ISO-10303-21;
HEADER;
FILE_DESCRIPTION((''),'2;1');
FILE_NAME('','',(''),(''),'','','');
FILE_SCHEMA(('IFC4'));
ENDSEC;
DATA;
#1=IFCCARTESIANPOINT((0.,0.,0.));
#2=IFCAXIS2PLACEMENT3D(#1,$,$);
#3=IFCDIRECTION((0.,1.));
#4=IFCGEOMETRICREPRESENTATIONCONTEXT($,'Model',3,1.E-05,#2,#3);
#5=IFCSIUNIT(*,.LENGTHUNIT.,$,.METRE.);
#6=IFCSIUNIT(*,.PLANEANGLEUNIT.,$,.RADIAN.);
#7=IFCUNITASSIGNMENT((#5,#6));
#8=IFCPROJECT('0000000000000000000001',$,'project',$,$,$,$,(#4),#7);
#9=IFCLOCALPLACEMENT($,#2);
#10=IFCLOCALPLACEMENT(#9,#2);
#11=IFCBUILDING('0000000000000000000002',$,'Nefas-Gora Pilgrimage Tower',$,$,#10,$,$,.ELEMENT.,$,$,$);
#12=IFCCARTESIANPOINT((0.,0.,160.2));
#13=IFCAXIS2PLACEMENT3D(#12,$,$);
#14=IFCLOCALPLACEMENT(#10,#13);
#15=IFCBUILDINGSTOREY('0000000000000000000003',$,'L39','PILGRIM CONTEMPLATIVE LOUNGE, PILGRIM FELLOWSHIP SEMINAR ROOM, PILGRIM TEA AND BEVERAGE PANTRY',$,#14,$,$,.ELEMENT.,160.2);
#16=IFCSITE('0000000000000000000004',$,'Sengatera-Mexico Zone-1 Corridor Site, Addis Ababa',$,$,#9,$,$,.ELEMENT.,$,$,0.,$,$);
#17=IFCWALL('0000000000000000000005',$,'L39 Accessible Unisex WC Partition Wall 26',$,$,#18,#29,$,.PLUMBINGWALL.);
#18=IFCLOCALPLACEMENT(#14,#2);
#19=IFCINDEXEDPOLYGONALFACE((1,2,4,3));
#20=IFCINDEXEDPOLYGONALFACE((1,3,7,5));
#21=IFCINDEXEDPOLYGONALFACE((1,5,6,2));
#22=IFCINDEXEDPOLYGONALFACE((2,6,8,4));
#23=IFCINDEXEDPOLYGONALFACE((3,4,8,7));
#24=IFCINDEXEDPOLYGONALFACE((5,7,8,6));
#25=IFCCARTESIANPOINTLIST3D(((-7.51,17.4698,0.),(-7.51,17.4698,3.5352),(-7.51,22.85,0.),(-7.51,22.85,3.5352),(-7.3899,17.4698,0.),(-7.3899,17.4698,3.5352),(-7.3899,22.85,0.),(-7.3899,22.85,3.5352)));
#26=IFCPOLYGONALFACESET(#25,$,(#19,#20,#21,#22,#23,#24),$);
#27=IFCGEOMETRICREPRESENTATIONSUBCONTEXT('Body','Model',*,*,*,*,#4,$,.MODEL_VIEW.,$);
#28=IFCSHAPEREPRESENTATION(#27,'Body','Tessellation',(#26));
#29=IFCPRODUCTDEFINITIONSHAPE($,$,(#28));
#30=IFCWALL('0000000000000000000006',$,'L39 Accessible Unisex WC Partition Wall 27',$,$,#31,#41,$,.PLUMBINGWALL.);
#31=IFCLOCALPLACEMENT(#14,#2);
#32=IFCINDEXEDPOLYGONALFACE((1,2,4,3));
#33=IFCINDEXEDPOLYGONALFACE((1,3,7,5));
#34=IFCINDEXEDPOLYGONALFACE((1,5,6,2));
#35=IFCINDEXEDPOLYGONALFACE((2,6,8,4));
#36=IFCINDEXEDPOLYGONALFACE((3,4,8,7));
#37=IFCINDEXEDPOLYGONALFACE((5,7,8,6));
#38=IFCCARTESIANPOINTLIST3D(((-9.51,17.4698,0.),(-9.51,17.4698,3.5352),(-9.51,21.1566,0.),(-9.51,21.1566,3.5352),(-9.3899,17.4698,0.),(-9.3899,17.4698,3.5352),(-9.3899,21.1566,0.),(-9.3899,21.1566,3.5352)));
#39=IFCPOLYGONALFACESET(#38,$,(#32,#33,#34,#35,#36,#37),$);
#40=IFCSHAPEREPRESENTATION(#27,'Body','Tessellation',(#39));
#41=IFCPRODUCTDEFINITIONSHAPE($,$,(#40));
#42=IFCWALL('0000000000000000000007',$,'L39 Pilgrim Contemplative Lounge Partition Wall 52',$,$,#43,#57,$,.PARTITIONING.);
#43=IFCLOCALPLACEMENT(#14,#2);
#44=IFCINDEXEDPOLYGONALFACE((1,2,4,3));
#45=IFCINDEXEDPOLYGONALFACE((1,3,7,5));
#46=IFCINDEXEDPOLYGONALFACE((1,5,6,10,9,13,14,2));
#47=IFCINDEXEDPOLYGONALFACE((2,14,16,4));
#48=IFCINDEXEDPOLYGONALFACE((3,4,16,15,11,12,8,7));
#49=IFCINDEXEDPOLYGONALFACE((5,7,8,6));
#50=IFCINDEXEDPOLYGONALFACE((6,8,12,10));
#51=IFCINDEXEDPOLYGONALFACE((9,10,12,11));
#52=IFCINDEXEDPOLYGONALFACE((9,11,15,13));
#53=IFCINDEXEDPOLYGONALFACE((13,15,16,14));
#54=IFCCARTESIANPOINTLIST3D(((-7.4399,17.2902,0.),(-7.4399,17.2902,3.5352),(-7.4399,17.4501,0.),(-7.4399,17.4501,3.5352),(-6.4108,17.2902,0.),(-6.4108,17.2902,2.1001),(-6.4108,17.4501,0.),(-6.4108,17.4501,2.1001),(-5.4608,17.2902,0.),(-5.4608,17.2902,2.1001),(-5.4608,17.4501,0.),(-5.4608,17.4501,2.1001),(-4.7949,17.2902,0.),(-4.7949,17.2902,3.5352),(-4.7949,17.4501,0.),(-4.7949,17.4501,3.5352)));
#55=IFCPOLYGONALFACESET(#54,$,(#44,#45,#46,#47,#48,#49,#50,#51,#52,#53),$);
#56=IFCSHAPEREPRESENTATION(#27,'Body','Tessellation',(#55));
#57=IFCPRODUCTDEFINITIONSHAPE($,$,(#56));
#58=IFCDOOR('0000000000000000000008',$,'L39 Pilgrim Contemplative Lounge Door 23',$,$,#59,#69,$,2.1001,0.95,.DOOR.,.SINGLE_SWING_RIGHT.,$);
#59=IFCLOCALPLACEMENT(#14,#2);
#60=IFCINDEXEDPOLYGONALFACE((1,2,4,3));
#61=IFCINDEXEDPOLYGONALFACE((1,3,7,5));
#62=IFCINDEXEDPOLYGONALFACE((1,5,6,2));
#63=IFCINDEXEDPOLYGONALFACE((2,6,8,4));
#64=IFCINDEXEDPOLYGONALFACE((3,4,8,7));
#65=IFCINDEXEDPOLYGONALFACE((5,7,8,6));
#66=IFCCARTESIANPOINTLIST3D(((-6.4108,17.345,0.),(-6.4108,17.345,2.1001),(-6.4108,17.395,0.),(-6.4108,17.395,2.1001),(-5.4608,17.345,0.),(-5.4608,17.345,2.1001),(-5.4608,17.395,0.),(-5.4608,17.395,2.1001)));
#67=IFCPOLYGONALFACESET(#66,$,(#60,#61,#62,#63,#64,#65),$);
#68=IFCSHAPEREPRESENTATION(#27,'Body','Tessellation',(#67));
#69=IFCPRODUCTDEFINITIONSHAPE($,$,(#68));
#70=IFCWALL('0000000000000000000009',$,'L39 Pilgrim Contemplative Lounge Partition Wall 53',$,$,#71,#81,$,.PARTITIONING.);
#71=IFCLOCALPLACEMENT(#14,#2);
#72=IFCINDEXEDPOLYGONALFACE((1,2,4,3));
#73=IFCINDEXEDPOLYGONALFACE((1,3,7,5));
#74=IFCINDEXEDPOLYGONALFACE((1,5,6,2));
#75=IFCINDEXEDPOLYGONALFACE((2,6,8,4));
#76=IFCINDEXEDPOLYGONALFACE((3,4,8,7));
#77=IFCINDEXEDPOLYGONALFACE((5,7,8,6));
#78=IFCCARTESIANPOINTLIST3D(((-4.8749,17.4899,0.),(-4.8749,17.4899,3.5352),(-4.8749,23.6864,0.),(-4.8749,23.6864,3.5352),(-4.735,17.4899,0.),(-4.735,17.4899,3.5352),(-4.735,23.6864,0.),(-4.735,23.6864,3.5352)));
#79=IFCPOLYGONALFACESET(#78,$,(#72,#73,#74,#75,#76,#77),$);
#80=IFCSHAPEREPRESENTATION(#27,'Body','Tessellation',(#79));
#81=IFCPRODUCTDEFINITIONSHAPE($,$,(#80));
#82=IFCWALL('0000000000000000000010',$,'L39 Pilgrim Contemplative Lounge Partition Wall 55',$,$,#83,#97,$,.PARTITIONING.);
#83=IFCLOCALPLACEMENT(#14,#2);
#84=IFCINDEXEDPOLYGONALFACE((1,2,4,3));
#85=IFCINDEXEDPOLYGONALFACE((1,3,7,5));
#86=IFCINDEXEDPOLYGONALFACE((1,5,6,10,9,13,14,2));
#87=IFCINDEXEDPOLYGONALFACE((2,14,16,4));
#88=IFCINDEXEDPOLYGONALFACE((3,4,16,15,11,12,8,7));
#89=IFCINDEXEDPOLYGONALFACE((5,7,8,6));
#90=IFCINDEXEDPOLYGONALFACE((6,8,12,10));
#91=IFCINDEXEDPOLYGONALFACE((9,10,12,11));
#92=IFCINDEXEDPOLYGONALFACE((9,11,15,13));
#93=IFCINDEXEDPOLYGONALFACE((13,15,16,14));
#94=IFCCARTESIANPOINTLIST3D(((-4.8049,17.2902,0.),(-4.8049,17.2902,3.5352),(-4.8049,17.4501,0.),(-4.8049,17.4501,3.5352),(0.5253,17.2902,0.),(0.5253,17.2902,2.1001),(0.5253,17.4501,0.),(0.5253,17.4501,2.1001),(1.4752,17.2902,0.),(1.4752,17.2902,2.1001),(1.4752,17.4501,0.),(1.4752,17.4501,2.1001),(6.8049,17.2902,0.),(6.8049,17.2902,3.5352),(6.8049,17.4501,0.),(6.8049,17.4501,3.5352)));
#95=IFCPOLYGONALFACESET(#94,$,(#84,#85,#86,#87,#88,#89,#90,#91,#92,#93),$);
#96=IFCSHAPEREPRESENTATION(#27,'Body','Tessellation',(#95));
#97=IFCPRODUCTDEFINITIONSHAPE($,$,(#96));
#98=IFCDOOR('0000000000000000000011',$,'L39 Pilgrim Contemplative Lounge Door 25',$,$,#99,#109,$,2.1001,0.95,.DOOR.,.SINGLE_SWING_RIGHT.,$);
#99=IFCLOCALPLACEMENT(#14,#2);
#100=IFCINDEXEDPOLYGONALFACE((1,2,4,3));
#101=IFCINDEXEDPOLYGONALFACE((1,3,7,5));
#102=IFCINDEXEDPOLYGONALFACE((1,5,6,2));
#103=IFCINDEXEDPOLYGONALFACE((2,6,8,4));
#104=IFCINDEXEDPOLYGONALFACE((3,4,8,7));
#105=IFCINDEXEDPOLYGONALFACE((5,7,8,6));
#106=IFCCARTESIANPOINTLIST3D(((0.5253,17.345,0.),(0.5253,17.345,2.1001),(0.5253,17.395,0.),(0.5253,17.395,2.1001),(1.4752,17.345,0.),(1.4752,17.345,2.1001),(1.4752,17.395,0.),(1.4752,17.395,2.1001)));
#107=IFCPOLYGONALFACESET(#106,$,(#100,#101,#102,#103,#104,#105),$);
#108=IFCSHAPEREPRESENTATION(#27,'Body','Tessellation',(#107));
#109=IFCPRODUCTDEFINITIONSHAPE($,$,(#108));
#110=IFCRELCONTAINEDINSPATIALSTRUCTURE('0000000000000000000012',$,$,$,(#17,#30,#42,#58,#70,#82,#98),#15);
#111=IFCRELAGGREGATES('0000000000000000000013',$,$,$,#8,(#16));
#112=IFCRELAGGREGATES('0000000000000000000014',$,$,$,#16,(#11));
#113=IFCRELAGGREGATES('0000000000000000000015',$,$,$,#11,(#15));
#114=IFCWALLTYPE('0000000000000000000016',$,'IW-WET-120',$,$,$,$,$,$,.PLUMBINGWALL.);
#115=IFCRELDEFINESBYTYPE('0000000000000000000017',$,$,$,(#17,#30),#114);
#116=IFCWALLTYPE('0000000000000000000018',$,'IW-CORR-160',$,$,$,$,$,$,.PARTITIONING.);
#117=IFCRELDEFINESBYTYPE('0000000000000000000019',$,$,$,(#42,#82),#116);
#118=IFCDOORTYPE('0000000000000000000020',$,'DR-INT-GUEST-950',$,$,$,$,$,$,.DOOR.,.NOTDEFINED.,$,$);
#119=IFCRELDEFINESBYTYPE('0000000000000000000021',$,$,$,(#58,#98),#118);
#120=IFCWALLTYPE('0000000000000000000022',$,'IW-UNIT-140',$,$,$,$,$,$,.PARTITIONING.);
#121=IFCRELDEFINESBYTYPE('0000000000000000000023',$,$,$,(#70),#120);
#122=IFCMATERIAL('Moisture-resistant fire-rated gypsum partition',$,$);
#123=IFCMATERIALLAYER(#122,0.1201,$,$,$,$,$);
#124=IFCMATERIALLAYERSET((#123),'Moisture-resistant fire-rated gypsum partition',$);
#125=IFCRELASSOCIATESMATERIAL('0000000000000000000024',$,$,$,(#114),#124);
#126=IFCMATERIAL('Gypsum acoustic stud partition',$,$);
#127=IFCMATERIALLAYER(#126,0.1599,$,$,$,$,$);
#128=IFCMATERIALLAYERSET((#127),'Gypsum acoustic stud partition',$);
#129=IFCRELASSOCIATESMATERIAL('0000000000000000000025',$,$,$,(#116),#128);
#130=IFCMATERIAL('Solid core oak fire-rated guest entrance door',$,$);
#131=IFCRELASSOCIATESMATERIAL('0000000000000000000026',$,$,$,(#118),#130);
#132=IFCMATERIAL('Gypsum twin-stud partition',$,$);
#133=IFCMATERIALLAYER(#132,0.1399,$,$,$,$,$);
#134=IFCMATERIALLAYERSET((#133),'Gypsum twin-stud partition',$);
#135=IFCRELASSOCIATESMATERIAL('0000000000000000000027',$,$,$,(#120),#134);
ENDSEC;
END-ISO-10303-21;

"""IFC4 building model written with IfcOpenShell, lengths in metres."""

from ifc_helpers import new_model, si_unit, direction, frame, frame_2d, origin, place, context, subcontext, project, spatial, rectangle, extrude, source, transform, mapped, material, layer, layer_set, type_object, element, fill, save


model = new_model("IFC4")

# Units and contexts
model_context = context("Model", 3, precision=1e-05, world=origin(), true_north=direction((0.0, 1.0)))
body_context = subcontext(model_context, "Body", "Model", "MODEL_VIEW")
ifc_project = project(units=[si_unit("LENGTHUNIT", "METRE"), si_unit("PLANEANGLEUNIT", "RADIAN")], contexts=[model_context])

# Site, building, storey
site_placement = place(None, origin())
site = spatial("IfcSite", under=ifc_project, at=site_placement, Name="Sengatera-Mexico Zone-1 Corridor Site, Addis Ababa", CompositionType="ELEMENT", RefElevation=0.0)
building_placement = place(site_placement, origin())
building = spatial("IfcBuilding", under=site, at=building_placement, Name="Nefas-Gora Pilgrimage Tower", CompositionType="ELEMENT")
storey_placement = place(building_placement, frame((0.0, 0.0, 160.2)))
storey = spatial("IfcBuildingStorey", under=building, at=storey_placement, Name="L39", Description="PILGRIM CONTEMPLATIVE LOUNGE, PILGRIM FELLOWSHIP SEMINAR ROOM, PILGRIM TEA AND BEVERAGE PANTRY", CompositionType="ELEMENT", Elevation=160.2)

# Shared definitions
ifc_material_1 = material(Name="Moisture-resistant fire-rated gypsum partition")
ifc_layer_1 = layer(ifc_material_1, 0.1201)
ifc_layer_set_1 = layer_set([ifc_layer_1], Name="Moisture-resistant fire-rated gypsum partition")
wall_type_1 = type_object("IfcWallType", Name="IW-WET-120", PredefinedType="PLUMBINGWALL", material=ifc_layer_set_1)

# Walls
shared_shape_1 = source(origin(), body_context, "Body", "SweptSolid", [
    extrude(rectangle(XDim=5.3801, YDim=0.1201, at=frame_2d((2.6899, 0.0))), origin(), (0.0, 0.0, 1.0), 3.5352),
])
wall_1_placement = place(storey_placement, frame((-7.45, 17.47, 0.0), z_axis=(0.0, 0.0, 1.0), x_axis=(0.0, 1.0, 0.0)))
element("IfcWall", 1, at=wall_1_placement, inside=storey, type_object=wall_type_1, Name="L39 Accessible Unisex WC Partition Wall 26", PredefinedType="PLUMBINGWALL", context=body_context, shape_type="MappedRepresentation", body=[
    mapped(shared_shape_1, transform((0.0, 0.0, 0.0), x_axis=(1.0, 0.0, 0.0), y_axis=(0.0, 1.0, 0.0), z_axis=(0.0, 0.0, 1.0), scale=1.0)),
])
shared_shape_2 = source(origin(), body_context, "Body", "SweptSolid", [
    extrude(rectangle(XDim=3.6868, YDim=0.1201, at=frame_2d((1.8433, 0.0))), origin(), (0.0, 0.0, 1.0), 3.5352),
])
wall_2_placement = place(storey_placement, frame((-9.45, 17.47, 0.0), z_axis=(0.0, 0.0, 1.0), x_axis=(0.0, 1.0, 0.0)))
element("IfcWall", 2, at=wall_2_placement, inside=storey, type_object=wall_type_1, Name="L39 Accessible Unisex WC Partition Wall 27", PredefinedType="PLUMBINGWALL", context=body_context, shape_type="MappedRepresentation", body=[
    mapped(shared_shape_2, transform((0.0, 0.0, 0.0), x_axis=(1.0, 0.0, 0.0), y_axis=(0.0, 1.0, 0.0), z_axis=(0.0, 0.0, 1.0), scale=1.0)),
])

# Wall, opening, door
ifc_material_2 = material(Name="Gypsum acoustic stud partition")
ifc_layer_2 = layer(ifc_material_2, 0.1599)
ifc_layer_set_2 = layer_set([ifc_layer_2], Name="Gypsum acoustic stud partition")
wall_type_2 = type_object("IfcWallType", Name="IW-CORR-160", PredefinedType="PARTITIONING", material=ifc_layer_set_2)
shared_shape_3 = source(origin(), body_context, "Body", "SweptSolid", [
    extrude(rectangle(XDim=2.645, YDim=0.1599, at=frame_2d((1.3225, 0.0))), origin(), (0.0, 0.0, 1.0), 3.5352),
])
wall_3_placement = place(storey_placement, frame((-7.4399, 17.3701, 0.0), z_axis=(0.0, 0.0, 1.0), x_axis=(1.0, 0.0, 0.0)))
wall_3 = element("IfcWall", 3, at=wall_3_placement, inside=storey, type_object=wall_type_2, Name="L39 Pilgrim Contemplative Lounge Partition Wall 52", PredefinedType="PARTITIONING", context=body_context, shape_type="MappedRepresentation", body=[
    mapped(shared_shape_3, transform((0.0, 0.0, 0.0), x_axis=(1.0, 0.0, 0.0), y_axis=(0.0, 1.0, 0.0), z_axis=(0.0, 0.0, 1.0), scale=1.0)),
])
opening_1_placement = place(wall_3_placement, frame((1.0291, 0.0, 0.0)))
opening_1 = element("IfcOpeningElement", 4, at=opening_1_placement, cuts=wall_3, PredefinedType="OPENING", context=body_context, shape_type="SweptSolid", body=[
    extrude(rectangle(XDim=0.95, YDim=2.1001, at=frame_2d((0.4751, 1.05))), frame((0.0, 0.0898, 0.0), z_axis=(0.0, -1.0, 0.0), x_axis=(1.0, 0.0, 0.0)), (0.0, 0.0, 1.0), 0.1799),
])
ifc_material_3 = material(Name="Solid core oak fire-rated guest entrance door")
door_type_1 = type_object("IfcDoorType", Name="DR-INT-GUEST-950", OperationType="NOTDEFINED", PredefinedType="DOOR", material=ifc_material_3)
shared_shape_4 = source(origin(), body_context, "Body", "SweptSolid", [
    extrude(rectangle(XDim=0.95, YDim=2.1001, at=frame_2d((0.4751, 1.05))), frame((0.0, 0.0249, 0.0), z_axis=(0.0, -1.0, 0.0), x_axis=(1.0, 0.0, 0.0)), (0.0, 0.0, 1.0), 0.05),
])
door_1_placement = place(opening_1_placement, origin())
door_1 = element("IfcDoor", 5, at=door_1_placement, inside=storey, type_object=door_type_1, Name="L39 Pilgrim Contemplative Lounge Door 23", OperationType="SINGLE_SWING_RIGHT", OverallHeight=2.1001, OverallWidth=0.95, PredefinedType="DOOR", context=body_context, shape_type="MappedRepresentation", body=[
    mapped(shared_shape_4, transform((0.0, 0.0, 0.0), x_axis=(1.0, 0.0, 0.0), y_axis=(0.0, 1.0, 0.0), z_axis=(0.0, 0.0, 1.0), scale=1.0)),
])
fill(opening_1, door_1)

# Wall
ifc_material_4 = material(Name="Gypsum twin-stud partition")
ifc_layer_3 = layer(ifc_material_4, 0.1399)
ifc_layer_set_3 = layer_set([ifc_layer_3], Name="Gypsum twin-stud partition")
wall_type_3 = type_object("IfcWallType", Name="IW-UNIT-140", PredefinedType="PARTITIONING", material=ifc_layer_set_3)
shared_shape_5 = source(origin(), body_context, "Body", "SweptSolid", [
    extrude(rectangle(XDim=6.1965, YDim=0.1399, at=frame_2d((3.0981, 0.0))), origin(), (0.0, 0.0, 1.0), 3.5352),
])
wall_4_placement = place(storey_placement, frame((-4.8049, 17.49, 0.0), z_axis=(0.0, 0.0, 1.0), x_axis=(0.0, 1.0, 0.0)))
element("IfcWall", 6, at=wall_4_placement, inside=storey, type_object=wall_type_3, Name="L39 Pilgrim Contemplative Lounge Partition Wall 53", PredefinedType="PARTITIONING", context=body_context, shape_type="MappedRepresentation", body=[
    mapped(shared_shape_5, transform((0.0, 0.0, 0.0), x_axis=(1.0, 0.0, 0.0), y_axis=(0.0, 1.0, 0.0), z_axis=(0.0, 0.0, 1.0), scale=1.0)),
])

# Wall, opening, door
shared_shape_6 = source(origin(), body_context, "Body", "SweptSolid", [
    extrude(rectangle(XDim=11.6099, YDim=0.1599, at=frame_2d((5.8049, 0.0))), origin(), (0.0, 0.0, 1.0), 3.5352),
])
wall_5_placement = place(storey_placement, frame((-4.8049, 17.3701, 0.0), z_axis=(0.0, 0.0, 1.0), x_axis=(1.0, 0.0, 0.0)))
wall_5 = element("IfcWall", 7, at=wall_5_placement, inside=storey, type_object=wall_type_2, Name="L39 Pilgrim Contemplative Lounge Partition Wall 55", PredefinedType="PARTITIONING", context=body_context, shape_type="MappedRepresentation", body=[
    mapped(shared_shape_6, transform((0.0, 0.0, 0.0), x_axis=(1.0, 0.0, 0.0), y_axis=(0.0, 1.0, 0.0), z_axis=(0.0, 0.0, 1.0), scale=1.0)),
])
opening_2_placement = place(wall_5_placement, frame((5.3301, 0.0, 0.0)))
opening_2 = element("IfcOpeningElement", 8, at=opening_2_placement, cuts=wall_5, PredefinedType="OPENING", context=body_context, shape_type="SweptSolid", body=[
    extrude(rectangle(XDim=0.95, YDim=2.1001, at=frame_2d((0.4751, 1.05))), frame((0.0, 0.0898, 0.0), z_axis=(0.0, -1.0, 0.0), x_axis=(1.0, 0.0, 0.0)), (0.0, 0.0, 1.0), 0.1799),
])
door_2_placement = place(opening_2_placement, origin())
door_2 = element("IfcDoor", 9, at=door_2_placement, inside=storey, type_object=door_type_1, Name="L39 Pilgrim Contemplative Lounge Door 25", OperationType="SINGLE_SWING_RIGHT", OverallHeight=2.1001, OverallWidth=0.95, PredefinedType="DOOR", context=body_context, shape_type="MappedRepresentation", body=[
    mapped(shared_shape_4, transform((0.0, 0.0, 0.0), x_axis=(1.0, 0.0, 0.0), y_axis=(0.0, 1.0, 0.0), z_axis=(0.0, 0.0, 1.0), scale=1.0)),
])
fill(opening_2, door_2)

save(model, "model.ifc")
